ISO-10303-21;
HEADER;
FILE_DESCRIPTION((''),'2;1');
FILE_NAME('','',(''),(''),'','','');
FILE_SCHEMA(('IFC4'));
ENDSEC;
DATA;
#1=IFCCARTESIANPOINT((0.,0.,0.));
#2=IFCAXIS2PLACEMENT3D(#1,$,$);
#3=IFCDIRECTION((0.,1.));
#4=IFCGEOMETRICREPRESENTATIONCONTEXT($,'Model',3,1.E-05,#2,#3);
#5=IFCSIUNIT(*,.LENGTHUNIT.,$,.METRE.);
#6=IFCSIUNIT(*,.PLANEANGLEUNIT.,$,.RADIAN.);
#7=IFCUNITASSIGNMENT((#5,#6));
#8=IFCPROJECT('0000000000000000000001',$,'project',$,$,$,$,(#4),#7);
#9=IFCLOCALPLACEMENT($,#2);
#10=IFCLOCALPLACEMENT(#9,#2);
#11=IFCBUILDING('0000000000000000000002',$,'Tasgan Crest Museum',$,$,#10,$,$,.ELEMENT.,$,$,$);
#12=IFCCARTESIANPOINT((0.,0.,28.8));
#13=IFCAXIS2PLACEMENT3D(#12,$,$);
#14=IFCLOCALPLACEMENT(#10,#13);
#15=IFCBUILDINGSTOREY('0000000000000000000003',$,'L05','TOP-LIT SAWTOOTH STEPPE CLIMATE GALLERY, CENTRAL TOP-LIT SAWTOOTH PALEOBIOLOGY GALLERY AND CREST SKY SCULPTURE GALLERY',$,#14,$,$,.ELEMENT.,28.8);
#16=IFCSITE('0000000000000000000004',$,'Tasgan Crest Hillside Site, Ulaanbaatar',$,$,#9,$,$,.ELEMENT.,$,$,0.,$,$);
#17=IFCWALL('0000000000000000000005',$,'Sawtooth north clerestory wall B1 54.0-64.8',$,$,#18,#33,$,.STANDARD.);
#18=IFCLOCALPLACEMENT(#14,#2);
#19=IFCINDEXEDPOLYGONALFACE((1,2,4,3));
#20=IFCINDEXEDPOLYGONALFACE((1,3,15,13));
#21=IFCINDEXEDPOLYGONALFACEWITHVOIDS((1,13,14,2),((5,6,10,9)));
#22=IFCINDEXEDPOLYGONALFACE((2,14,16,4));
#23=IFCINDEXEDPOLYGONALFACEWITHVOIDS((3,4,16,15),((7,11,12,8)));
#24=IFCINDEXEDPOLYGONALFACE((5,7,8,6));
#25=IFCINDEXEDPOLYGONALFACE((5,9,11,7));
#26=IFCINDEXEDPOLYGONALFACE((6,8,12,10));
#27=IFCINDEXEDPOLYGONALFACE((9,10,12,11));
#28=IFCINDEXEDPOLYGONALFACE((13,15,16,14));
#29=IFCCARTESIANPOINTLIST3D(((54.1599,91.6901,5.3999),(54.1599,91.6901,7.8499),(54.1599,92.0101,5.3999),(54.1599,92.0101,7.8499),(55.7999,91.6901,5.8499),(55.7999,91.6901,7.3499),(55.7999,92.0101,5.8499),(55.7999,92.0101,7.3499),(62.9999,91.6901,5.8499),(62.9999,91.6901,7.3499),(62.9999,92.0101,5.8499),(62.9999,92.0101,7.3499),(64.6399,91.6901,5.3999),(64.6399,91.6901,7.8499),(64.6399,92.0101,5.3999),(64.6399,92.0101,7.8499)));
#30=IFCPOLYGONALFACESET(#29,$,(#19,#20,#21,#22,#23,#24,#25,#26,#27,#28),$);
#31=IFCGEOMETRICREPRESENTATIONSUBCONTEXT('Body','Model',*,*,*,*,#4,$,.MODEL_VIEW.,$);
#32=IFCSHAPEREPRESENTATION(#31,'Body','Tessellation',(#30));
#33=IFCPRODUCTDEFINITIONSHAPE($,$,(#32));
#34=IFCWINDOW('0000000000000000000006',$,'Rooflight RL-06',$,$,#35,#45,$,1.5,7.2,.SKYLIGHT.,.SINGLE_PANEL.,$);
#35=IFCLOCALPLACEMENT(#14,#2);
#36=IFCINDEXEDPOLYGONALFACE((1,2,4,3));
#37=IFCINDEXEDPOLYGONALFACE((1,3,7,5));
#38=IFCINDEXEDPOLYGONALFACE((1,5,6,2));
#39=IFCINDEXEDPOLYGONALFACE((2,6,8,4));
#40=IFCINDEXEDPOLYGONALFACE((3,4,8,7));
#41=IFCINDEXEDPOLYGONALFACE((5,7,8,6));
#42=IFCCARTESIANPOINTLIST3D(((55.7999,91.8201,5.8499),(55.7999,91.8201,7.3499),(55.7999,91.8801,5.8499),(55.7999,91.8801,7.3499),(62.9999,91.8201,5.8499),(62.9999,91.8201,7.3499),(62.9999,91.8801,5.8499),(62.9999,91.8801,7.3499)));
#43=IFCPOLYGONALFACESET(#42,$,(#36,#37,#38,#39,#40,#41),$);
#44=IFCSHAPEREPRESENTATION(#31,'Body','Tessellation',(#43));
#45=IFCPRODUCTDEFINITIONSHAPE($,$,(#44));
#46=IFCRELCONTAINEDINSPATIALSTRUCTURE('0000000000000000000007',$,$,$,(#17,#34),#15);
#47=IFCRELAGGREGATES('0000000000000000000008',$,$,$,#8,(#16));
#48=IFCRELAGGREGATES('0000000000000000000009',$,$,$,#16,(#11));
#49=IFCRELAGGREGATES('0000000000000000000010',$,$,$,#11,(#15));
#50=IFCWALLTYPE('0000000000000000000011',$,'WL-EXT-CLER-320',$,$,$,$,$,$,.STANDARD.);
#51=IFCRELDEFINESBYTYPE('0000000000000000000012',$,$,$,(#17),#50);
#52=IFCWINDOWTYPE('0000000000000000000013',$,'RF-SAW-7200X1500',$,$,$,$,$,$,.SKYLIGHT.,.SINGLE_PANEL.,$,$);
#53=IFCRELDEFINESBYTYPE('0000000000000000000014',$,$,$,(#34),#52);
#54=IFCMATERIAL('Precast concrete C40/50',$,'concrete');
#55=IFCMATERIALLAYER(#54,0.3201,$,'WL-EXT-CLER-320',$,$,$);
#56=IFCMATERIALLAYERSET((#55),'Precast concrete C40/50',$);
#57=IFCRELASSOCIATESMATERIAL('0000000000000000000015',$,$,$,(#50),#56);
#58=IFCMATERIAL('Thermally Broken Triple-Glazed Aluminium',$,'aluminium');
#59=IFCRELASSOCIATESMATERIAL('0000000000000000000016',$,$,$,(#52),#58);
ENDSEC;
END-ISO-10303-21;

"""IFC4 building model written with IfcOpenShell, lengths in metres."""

from ifc_helpers import new_model, si_unit, direction, frame, frame_2d, origin, place, context, subcontext, project, spatial, rectangle, extrude, material, layer, layer_set, type_object, element, fill, save


model = new_model("IFC4")

# Units and contexts
model_context = context("Model", 3, precision=1e-05, world=origin(), true_north=direction((0.0, 1.0)))
body_context = subcontext(model_context, "Body", "Model", "MODEL_VIEW")
ifc_project = project(units=[si_unit("LENGTHUNIT", "METRE"), si_unit("PLANEANGLEUNIT", "RADIAN")], contexts=[model_context])

# Site, building, storey
site_placement = place(None, origin())
site = spatial("IfcSite", under=ifc_project, at=site_placement, Name="Tasgan Crest Hillside Site, Ulaanbaatar", CompositionType="ELEMENT", RefElevation=0.0)
building_placement = place(site_placement, origin())
building = spatial("IfcBuilding", under=site, at=building_placement, Name="Tasgan Crest Museum", CompositionType="ELEMENT")
storey_placement = place(building_placement, frame((0.0, 0.0, 28.8)))
storey = spatial("IfcBuildingStorey", under=building, at=storey_placement, Name="L05", Description="TOP-LIT SAWTOOTH STEPPE CLIMATE GALLERY, CENTRAL TOP-LIT SAWTOOTH PALEOBIOLOGY GALLERY AND CREST SKY SCULPTURE GALLERY", CompositionType="ELEMENT", Elevation=28.8)

# Wall, opening, window
ifc_material_1 = material(Name="Precast concrete C40/50", Category="concrete")
ifc_layer_1 = layer(ifc_material_1, 0.3201, Name="WL-EXT-CLER-320")
ifc_layer_set_1 = layer_set([ifc_layer_1], Name="Precast concrete C40/50")
wall_type_1 = type_object("IfcWallType", Name="WL-EXT-CLER-320", PredefinedType="STANDARD", material=ifc_layer_set_1)
wall_1_placement = place(storey_placement, frame((54.1599, 91.8501, 5.3999), z_axis=(0.0, 0.0, 1.0), x_axis=(1.0, 0.0, 0.0)))
wall_1 = element("IfcWall", 1, at=wall_1_placement, inside=storey, type_object=wall_type_1, Name="Sawtooth north clerestory wall B1 54.0-64.8", PredefinedType="STANDARD", context=body_context, shape_type="SweptSolid", body=[
    extrude(rectangle(XDim=10.48, YDim=0.3201, at=frame_2d((5.24, 0.0))), origin(), (0.0, 0.0, 1.0), 2.45),
])
opening_placement = place(wall_1_placement, frame((1.6399, 0.0, 0.45)))
opening = element("IfcOpeningElement", 2, at=opening_placement, cuts=wall_1, PredefinedType="OPENING", context=body_context, shape_type="SweptSolid", body=[
    extrude(rectangle(XDim=7.2, YDim=1.5, at=frame_2d((3.6001, 0.75))), frame((0.0, 0.1699, 0.0), z_axis=(0.0, -1.0, 0.0), x_axis=(1.0, 0.0, 0.0)), (0.0, 0.0, 1.0), 0.3401),
])
ifc_material_2 = material(Name="Thermally Broken Triple-Glazed Aluminium", Category="aluminium")
window_type = type_object("IfcWindowType", Name="RF-SAW-7200X1500", PartitioningType="SINGLE_PANEL", PredefinedType="SKYLIGHT", material=ifc_material_2)
window_placement = place(opening_placement, origin())
window = element("IfcWindow", 3, at=window_placement, inside=storey, type_object=window_type, Name="Rooflight RL-06", OverallHeight=1.5, OverallWidth=7.2, PartitioningType="SINGLE_PANEL", PredefinedType="SKYLIGHT", context=body_context, shape_type="SweptSolid", body=[
    extrude(rectangle(XDim=7.2, YDim=1.5, at=frame_2d((3.6001, 0.75))), frame((0.0, 0.03, 0.0), z_axis=(0.0, -1.0, 0.0), x_axis=(1.0, 0.0, 0.0)), (0.0, 0.0, 1.0), 0.0601),
])
fill(opening, window)

save(model, "model.ifc")
